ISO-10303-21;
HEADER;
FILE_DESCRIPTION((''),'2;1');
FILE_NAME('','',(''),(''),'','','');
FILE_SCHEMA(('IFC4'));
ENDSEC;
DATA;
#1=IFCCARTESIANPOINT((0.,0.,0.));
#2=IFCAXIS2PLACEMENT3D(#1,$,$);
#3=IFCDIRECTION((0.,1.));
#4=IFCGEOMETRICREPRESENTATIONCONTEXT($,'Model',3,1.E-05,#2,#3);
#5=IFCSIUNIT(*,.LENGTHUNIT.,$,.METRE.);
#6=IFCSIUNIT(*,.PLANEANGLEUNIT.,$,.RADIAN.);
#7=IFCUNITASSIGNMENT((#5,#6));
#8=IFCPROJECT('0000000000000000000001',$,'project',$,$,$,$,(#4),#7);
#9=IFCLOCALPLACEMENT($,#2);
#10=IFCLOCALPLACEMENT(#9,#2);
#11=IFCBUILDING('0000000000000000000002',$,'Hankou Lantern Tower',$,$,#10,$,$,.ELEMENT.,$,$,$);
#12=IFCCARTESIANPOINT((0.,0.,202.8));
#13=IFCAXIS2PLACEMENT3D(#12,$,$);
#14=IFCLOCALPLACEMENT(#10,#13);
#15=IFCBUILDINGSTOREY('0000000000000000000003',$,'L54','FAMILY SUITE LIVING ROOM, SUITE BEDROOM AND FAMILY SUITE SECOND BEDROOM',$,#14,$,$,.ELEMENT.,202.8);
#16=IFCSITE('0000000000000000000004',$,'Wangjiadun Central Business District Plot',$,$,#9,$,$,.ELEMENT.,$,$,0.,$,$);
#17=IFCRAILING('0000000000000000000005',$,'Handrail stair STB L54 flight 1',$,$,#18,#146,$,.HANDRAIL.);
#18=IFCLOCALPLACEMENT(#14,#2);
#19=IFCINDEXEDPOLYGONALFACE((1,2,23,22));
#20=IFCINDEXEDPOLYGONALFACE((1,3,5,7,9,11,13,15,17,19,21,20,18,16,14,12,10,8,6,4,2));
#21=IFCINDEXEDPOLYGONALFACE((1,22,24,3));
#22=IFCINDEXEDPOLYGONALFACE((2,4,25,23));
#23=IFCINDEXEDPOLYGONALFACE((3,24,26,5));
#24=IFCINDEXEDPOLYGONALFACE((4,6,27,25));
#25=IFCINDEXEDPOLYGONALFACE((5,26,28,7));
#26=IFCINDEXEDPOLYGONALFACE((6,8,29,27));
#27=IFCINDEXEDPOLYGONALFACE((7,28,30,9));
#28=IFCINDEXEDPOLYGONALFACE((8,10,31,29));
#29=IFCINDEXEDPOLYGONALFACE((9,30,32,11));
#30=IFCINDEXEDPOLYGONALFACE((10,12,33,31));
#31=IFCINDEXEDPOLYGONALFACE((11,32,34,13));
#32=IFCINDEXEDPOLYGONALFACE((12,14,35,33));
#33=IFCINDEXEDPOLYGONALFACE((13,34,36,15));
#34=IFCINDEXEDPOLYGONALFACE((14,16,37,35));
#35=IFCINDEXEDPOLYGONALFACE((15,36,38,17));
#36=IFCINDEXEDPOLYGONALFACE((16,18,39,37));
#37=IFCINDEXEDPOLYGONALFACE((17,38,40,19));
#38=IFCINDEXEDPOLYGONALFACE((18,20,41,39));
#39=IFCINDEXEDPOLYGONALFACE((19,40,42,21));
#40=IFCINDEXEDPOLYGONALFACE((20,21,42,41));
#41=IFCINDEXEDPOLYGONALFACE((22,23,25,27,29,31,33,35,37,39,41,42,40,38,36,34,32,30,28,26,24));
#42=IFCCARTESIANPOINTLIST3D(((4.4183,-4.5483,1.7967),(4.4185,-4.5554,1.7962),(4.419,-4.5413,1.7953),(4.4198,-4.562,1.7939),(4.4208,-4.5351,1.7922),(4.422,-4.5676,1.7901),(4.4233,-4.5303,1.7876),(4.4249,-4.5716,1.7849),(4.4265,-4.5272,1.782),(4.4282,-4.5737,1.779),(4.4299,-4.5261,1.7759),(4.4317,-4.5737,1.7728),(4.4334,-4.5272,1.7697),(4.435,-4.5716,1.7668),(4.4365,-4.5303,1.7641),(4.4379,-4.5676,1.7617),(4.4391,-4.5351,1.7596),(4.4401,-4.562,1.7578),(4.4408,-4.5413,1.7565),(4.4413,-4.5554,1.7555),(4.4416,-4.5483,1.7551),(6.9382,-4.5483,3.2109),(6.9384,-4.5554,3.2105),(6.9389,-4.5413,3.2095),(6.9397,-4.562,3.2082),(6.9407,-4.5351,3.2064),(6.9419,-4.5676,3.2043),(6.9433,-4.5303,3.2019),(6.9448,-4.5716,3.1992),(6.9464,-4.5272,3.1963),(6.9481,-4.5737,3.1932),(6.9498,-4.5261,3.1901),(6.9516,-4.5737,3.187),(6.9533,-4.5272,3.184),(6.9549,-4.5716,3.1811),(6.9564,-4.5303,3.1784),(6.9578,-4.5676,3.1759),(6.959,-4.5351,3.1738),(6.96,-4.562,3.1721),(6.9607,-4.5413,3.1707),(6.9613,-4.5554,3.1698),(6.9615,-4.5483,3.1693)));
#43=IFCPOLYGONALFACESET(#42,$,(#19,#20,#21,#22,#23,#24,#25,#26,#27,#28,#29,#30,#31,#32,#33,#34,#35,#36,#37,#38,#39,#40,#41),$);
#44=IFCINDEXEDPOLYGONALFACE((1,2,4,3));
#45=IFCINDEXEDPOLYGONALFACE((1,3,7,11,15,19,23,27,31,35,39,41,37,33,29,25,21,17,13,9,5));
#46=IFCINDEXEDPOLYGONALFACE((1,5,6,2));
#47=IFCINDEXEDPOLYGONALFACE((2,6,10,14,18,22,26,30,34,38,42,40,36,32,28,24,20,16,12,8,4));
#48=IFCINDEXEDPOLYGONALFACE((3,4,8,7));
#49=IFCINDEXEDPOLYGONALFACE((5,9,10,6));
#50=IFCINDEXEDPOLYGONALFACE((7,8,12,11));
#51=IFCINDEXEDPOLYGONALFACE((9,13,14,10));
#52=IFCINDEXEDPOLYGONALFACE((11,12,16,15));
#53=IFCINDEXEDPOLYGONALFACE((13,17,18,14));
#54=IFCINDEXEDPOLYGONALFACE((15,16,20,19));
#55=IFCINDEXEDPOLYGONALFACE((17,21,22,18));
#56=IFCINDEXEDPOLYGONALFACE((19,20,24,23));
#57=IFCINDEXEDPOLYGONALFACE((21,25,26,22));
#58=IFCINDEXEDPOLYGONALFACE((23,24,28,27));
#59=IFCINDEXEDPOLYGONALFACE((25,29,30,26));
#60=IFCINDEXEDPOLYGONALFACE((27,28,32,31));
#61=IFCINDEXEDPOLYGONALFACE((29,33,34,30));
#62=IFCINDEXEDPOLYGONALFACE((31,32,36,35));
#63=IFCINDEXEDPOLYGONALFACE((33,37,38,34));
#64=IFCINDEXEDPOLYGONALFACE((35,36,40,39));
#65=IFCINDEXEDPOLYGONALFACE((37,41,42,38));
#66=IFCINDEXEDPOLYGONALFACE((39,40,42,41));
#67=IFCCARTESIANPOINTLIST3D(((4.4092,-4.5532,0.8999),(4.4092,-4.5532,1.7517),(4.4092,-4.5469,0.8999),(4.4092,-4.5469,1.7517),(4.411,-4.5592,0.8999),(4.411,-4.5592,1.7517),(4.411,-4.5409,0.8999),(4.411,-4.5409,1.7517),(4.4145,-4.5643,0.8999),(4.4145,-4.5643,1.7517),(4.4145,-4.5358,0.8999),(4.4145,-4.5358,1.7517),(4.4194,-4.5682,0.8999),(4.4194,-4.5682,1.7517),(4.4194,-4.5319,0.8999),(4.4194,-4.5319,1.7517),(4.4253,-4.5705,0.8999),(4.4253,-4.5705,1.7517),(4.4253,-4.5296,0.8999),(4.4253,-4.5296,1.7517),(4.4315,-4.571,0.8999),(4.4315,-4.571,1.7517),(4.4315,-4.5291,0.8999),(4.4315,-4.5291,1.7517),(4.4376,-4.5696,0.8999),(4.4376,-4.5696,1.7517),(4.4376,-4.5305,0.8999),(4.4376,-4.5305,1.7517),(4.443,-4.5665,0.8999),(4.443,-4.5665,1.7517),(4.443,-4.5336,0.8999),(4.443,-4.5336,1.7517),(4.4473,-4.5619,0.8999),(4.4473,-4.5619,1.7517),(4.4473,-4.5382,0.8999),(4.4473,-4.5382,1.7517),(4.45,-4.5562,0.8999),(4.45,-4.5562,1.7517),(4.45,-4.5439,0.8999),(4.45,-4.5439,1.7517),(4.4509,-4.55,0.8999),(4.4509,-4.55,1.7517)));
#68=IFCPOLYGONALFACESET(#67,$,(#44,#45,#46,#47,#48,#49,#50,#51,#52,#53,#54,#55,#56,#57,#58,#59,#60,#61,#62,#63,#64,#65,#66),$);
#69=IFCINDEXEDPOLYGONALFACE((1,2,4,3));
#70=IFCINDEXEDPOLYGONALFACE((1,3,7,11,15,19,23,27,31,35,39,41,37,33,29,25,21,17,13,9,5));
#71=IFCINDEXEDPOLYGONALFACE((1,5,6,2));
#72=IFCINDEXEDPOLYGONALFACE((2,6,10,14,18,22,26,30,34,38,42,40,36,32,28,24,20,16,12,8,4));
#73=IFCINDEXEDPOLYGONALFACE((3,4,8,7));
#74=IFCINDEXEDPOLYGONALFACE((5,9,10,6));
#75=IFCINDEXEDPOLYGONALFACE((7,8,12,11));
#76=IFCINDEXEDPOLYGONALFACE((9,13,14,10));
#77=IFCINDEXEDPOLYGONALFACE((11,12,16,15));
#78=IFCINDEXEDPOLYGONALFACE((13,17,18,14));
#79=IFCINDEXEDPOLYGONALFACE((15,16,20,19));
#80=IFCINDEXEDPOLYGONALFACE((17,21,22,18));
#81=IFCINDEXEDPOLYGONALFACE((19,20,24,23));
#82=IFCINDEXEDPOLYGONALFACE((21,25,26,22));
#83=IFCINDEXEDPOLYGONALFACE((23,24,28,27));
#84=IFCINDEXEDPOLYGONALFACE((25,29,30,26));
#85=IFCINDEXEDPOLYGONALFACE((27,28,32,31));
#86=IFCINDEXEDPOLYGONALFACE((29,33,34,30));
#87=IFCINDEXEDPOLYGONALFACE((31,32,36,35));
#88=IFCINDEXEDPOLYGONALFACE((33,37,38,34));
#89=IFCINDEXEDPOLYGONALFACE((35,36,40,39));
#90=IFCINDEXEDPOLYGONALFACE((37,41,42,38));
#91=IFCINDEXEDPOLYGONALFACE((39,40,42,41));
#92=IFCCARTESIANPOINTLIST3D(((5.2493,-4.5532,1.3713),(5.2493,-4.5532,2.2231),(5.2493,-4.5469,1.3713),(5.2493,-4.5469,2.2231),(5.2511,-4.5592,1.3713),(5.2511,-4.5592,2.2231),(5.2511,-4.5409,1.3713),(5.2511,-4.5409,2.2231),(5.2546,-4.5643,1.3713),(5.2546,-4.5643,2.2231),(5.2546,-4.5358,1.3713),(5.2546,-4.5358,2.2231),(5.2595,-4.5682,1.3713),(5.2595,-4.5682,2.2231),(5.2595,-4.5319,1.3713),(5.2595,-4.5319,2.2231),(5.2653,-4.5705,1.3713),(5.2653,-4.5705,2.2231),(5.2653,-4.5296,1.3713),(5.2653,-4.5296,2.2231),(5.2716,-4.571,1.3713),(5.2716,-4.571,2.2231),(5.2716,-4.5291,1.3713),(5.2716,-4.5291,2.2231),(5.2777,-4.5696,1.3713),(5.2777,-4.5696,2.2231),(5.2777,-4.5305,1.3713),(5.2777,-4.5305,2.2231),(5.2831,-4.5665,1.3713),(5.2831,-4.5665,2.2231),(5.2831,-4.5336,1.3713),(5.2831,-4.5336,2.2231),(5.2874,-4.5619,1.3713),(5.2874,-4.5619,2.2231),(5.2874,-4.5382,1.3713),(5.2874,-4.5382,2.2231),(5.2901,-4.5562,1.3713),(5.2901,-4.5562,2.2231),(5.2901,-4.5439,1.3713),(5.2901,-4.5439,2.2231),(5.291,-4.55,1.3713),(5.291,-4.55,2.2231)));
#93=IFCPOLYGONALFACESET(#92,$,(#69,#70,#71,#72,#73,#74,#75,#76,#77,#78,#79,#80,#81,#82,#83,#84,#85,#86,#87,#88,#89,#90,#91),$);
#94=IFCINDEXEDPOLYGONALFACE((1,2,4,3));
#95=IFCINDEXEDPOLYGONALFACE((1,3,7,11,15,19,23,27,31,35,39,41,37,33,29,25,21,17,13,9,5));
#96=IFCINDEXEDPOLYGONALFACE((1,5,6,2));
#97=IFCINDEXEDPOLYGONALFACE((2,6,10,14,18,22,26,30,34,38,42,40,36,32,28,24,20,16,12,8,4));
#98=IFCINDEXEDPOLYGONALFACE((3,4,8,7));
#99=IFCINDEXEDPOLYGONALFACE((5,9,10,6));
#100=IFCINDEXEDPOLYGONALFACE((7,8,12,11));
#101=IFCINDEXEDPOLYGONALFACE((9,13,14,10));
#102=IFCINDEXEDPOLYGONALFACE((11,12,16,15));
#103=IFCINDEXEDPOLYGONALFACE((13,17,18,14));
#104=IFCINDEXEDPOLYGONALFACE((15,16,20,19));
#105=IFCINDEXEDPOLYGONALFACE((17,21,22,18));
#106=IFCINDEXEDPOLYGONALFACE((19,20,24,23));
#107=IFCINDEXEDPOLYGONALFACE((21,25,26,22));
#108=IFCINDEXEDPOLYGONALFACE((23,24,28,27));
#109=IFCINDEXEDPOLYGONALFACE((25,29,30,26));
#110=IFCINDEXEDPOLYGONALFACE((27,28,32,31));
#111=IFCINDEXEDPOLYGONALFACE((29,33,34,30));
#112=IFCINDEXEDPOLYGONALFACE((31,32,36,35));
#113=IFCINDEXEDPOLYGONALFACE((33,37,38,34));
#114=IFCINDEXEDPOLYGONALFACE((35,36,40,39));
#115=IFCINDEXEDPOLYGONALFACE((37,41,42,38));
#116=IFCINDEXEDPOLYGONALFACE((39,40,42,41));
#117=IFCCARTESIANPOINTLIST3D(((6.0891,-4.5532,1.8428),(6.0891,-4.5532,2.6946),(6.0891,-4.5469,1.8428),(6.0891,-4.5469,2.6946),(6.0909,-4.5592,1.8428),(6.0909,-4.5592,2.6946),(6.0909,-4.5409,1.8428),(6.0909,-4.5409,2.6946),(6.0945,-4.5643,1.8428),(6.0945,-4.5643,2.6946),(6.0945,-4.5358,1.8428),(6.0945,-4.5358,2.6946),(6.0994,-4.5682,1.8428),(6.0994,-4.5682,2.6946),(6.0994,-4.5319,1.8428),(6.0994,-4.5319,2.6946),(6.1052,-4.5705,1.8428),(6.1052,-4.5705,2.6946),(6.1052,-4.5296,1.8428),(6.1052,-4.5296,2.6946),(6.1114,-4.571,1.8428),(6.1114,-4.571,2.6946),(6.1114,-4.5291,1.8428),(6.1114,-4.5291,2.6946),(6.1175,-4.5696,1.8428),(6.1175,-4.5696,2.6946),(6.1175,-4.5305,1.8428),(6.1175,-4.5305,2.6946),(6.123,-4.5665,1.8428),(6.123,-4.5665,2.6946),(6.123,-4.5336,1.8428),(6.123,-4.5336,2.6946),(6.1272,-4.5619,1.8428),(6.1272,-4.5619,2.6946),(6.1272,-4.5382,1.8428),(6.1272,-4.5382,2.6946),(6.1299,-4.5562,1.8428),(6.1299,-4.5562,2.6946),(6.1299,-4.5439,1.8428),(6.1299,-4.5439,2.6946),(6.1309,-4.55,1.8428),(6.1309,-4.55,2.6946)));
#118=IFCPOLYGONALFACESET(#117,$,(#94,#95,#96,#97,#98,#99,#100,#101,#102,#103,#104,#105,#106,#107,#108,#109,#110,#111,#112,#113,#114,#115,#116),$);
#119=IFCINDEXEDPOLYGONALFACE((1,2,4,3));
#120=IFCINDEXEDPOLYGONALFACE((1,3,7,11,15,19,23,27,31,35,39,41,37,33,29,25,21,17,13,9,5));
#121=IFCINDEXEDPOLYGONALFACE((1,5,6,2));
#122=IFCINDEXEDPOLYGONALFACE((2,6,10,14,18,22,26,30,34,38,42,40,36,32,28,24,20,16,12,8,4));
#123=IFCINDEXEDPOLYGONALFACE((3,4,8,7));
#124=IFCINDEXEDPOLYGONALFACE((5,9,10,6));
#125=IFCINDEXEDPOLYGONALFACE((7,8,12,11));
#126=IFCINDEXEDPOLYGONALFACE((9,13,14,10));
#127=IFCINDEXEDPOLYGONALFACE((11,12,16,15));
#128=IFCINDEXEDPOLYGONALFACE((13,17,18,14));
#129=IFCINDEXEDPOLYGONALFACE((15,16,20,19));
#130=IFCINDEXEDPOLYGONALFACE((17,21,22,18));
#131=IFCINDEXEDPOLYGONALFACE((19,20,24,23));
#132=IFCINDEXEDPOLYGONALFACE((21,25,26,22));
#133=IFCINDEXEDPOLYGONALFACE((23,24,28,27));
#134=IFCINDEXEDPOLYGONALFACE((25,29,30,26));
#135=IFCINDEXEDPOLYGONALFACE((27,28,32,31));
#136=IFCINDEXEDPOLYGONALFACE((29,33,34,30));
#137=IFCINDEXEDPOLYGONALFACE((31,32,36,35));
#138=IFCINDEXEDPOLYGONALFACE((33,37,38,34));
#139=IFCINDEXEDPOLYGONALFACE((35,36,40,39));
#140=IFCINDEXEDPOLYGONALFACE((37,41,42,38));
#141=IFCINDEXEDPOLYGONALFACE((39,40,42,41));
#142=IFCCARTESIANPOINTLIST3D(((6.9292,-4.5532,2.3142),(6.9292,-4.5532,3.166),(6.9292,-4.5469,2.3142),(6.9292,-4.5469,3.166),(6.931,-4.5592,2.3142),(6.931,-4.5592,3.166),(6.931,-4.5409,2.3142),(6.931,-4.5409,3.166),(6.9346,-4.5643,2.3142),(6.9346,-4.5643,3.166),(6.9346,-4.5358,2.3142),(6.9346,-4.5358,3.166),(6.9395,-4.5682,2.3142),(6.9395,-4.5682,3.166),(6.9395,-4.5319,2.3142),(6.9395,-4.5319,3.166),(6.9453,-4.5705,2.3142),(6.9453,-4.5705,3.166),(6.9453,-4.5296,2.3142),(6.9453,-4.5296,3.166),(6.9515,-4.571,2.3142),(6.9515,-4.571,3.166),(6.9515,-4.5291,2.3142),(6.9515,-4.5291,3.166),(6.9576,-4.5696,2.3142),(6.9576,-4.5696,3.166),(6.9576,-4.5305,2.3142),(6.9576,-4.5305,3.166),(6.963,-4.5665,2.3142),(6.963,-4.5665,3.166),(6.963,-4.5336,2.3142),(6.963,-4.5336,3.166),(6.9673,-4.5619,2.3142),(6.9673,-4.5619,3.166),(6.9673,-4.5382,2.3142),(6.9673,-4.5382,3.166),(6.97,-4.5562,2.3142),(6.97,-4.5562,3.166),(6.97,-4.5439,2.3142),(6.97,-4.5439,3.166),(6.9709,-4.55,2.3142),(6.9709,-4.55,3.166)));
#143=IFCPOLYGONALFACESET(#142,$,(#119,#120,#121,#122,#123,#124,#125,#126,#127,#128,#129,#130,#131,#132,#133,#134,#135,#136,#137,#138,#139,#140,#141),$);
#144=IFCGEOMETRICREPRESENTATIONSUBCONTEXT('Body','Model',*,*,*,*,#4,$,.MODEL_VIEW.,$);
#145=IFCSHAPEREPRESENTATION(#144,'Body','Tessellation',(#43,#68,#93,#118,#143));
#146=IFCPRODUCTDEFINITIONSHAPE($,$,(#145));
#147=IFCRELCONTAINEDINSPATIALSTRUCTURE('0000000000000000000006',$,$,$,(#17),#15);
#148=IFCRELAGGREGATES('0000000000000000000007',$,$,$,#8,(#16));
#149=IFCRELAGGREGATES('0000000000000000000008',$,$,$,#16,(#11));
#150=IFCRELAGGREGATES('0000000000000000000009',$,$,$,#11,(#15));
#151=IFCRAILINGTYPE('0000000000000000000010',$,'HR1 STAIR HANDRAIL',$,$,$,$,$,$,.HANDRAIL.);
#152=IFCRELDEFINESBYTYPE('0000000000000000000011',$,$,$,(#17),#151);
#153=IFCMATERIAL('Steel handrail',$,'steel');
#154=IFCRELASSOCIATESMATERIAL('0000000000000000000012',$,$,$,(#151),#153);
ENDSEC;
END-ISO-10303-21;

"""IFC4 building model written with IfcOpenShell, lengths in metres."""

from ifc_helpers import new_model, si_unit, direction, frame, origin, origin_2d, place, context, subcontext, project, spatial, circle, extrude, material, type_object, element, save


model = new_model("IFC4")

# Units and contexts
model_context = context("Model", 3, precision=1e-05, world=origin(), true_north=direction((0.0, 1.0)))
body_context = subcontext(model_context, "Body", "Model", "MODEL_VIEW")
ifc_project = project(units=[si_unit("LENGTHUNIT", "METRE"), si_unit("PLANEANGLEUNIT", "RADIAN")], contexts=[model_context])

# Site, building, storey
site_placement = place(None, origin())
site = spatial("IfcSite", under=ifc_project, at=site_placement, Name="Wangjiadun Central Business District Plot", CompositionType="ELEMENT", RefElevation=0.0)
building_placement = place(site_placement, origin())
building = spatial("IfcBuilding", under=site, at=building_placement, Name="Hankou Lantern Tower", CompositionType="ELEMENT")
storey_placement = place(building_placement, frame((0.0, 0.0, 202.8)))
storey = spatial("IfcBuildingStorey", under=building, at=storey_placement, Name="L54", Description="FAMILY SUITE LIVING ROOM, SUITE BEDROOM AND FAMILY SUITE SECOND BEDROOM", CompositionType="ELEMENT", Elevation=202.8)

# Railing
ifc_material_1 = material(Name="Steel handrail", Category="steel")
railing_type = type_object("IfcRailingType", Name="HR1 STAIR HANDRAIL", PredefinedType="HANDRAIL", material=ifc_material_1)
railing_1_placement = place(storey_placement, frame((4.4299, -4.55, 0.8999)))
element("IfcRailing", 1, at=railing_1_placement, inside=storey, type_object=railing_type, Name="Handrail stair STB L54 flight 1", PredefinedType="HANDRAIL", context=body_context, shape_type="SweptSolid", body=[
    extrude(circle(Radius=0.0239, at=origin_2d()), frame((0.0, 0.0, 0.876), z_axis=(0.872049, 0.0, 0.489419), x_axis=(0.0, 1.0, 0.0)), (0.0, 0.0, 1.0), 2.8896),
    extrude(circle(Radius=0.021, at=origin_2d()), origin(), (0.0, 0.0, 1.0), 0.8518),
    extrude(circle(Radius=0.021, at=origin_2d()), frame((0.8401, 0.0, 0.4714)), (0.0, 0.0, 1.0), 0.8518),
    extrude(circle(Radius=0.021, at=origin_2d()), frame((1.6799, 0.0, 0.9429)), (0.0, 0.0, 1.0), 0.8518),
    extrude(circle(Radius=0.021, at=origin_2d()), frame((2.52, 0.0, 1.4143)), (0.0, 0.0, 1.0), 0.8518),
])

save(model, "model.ifc")
